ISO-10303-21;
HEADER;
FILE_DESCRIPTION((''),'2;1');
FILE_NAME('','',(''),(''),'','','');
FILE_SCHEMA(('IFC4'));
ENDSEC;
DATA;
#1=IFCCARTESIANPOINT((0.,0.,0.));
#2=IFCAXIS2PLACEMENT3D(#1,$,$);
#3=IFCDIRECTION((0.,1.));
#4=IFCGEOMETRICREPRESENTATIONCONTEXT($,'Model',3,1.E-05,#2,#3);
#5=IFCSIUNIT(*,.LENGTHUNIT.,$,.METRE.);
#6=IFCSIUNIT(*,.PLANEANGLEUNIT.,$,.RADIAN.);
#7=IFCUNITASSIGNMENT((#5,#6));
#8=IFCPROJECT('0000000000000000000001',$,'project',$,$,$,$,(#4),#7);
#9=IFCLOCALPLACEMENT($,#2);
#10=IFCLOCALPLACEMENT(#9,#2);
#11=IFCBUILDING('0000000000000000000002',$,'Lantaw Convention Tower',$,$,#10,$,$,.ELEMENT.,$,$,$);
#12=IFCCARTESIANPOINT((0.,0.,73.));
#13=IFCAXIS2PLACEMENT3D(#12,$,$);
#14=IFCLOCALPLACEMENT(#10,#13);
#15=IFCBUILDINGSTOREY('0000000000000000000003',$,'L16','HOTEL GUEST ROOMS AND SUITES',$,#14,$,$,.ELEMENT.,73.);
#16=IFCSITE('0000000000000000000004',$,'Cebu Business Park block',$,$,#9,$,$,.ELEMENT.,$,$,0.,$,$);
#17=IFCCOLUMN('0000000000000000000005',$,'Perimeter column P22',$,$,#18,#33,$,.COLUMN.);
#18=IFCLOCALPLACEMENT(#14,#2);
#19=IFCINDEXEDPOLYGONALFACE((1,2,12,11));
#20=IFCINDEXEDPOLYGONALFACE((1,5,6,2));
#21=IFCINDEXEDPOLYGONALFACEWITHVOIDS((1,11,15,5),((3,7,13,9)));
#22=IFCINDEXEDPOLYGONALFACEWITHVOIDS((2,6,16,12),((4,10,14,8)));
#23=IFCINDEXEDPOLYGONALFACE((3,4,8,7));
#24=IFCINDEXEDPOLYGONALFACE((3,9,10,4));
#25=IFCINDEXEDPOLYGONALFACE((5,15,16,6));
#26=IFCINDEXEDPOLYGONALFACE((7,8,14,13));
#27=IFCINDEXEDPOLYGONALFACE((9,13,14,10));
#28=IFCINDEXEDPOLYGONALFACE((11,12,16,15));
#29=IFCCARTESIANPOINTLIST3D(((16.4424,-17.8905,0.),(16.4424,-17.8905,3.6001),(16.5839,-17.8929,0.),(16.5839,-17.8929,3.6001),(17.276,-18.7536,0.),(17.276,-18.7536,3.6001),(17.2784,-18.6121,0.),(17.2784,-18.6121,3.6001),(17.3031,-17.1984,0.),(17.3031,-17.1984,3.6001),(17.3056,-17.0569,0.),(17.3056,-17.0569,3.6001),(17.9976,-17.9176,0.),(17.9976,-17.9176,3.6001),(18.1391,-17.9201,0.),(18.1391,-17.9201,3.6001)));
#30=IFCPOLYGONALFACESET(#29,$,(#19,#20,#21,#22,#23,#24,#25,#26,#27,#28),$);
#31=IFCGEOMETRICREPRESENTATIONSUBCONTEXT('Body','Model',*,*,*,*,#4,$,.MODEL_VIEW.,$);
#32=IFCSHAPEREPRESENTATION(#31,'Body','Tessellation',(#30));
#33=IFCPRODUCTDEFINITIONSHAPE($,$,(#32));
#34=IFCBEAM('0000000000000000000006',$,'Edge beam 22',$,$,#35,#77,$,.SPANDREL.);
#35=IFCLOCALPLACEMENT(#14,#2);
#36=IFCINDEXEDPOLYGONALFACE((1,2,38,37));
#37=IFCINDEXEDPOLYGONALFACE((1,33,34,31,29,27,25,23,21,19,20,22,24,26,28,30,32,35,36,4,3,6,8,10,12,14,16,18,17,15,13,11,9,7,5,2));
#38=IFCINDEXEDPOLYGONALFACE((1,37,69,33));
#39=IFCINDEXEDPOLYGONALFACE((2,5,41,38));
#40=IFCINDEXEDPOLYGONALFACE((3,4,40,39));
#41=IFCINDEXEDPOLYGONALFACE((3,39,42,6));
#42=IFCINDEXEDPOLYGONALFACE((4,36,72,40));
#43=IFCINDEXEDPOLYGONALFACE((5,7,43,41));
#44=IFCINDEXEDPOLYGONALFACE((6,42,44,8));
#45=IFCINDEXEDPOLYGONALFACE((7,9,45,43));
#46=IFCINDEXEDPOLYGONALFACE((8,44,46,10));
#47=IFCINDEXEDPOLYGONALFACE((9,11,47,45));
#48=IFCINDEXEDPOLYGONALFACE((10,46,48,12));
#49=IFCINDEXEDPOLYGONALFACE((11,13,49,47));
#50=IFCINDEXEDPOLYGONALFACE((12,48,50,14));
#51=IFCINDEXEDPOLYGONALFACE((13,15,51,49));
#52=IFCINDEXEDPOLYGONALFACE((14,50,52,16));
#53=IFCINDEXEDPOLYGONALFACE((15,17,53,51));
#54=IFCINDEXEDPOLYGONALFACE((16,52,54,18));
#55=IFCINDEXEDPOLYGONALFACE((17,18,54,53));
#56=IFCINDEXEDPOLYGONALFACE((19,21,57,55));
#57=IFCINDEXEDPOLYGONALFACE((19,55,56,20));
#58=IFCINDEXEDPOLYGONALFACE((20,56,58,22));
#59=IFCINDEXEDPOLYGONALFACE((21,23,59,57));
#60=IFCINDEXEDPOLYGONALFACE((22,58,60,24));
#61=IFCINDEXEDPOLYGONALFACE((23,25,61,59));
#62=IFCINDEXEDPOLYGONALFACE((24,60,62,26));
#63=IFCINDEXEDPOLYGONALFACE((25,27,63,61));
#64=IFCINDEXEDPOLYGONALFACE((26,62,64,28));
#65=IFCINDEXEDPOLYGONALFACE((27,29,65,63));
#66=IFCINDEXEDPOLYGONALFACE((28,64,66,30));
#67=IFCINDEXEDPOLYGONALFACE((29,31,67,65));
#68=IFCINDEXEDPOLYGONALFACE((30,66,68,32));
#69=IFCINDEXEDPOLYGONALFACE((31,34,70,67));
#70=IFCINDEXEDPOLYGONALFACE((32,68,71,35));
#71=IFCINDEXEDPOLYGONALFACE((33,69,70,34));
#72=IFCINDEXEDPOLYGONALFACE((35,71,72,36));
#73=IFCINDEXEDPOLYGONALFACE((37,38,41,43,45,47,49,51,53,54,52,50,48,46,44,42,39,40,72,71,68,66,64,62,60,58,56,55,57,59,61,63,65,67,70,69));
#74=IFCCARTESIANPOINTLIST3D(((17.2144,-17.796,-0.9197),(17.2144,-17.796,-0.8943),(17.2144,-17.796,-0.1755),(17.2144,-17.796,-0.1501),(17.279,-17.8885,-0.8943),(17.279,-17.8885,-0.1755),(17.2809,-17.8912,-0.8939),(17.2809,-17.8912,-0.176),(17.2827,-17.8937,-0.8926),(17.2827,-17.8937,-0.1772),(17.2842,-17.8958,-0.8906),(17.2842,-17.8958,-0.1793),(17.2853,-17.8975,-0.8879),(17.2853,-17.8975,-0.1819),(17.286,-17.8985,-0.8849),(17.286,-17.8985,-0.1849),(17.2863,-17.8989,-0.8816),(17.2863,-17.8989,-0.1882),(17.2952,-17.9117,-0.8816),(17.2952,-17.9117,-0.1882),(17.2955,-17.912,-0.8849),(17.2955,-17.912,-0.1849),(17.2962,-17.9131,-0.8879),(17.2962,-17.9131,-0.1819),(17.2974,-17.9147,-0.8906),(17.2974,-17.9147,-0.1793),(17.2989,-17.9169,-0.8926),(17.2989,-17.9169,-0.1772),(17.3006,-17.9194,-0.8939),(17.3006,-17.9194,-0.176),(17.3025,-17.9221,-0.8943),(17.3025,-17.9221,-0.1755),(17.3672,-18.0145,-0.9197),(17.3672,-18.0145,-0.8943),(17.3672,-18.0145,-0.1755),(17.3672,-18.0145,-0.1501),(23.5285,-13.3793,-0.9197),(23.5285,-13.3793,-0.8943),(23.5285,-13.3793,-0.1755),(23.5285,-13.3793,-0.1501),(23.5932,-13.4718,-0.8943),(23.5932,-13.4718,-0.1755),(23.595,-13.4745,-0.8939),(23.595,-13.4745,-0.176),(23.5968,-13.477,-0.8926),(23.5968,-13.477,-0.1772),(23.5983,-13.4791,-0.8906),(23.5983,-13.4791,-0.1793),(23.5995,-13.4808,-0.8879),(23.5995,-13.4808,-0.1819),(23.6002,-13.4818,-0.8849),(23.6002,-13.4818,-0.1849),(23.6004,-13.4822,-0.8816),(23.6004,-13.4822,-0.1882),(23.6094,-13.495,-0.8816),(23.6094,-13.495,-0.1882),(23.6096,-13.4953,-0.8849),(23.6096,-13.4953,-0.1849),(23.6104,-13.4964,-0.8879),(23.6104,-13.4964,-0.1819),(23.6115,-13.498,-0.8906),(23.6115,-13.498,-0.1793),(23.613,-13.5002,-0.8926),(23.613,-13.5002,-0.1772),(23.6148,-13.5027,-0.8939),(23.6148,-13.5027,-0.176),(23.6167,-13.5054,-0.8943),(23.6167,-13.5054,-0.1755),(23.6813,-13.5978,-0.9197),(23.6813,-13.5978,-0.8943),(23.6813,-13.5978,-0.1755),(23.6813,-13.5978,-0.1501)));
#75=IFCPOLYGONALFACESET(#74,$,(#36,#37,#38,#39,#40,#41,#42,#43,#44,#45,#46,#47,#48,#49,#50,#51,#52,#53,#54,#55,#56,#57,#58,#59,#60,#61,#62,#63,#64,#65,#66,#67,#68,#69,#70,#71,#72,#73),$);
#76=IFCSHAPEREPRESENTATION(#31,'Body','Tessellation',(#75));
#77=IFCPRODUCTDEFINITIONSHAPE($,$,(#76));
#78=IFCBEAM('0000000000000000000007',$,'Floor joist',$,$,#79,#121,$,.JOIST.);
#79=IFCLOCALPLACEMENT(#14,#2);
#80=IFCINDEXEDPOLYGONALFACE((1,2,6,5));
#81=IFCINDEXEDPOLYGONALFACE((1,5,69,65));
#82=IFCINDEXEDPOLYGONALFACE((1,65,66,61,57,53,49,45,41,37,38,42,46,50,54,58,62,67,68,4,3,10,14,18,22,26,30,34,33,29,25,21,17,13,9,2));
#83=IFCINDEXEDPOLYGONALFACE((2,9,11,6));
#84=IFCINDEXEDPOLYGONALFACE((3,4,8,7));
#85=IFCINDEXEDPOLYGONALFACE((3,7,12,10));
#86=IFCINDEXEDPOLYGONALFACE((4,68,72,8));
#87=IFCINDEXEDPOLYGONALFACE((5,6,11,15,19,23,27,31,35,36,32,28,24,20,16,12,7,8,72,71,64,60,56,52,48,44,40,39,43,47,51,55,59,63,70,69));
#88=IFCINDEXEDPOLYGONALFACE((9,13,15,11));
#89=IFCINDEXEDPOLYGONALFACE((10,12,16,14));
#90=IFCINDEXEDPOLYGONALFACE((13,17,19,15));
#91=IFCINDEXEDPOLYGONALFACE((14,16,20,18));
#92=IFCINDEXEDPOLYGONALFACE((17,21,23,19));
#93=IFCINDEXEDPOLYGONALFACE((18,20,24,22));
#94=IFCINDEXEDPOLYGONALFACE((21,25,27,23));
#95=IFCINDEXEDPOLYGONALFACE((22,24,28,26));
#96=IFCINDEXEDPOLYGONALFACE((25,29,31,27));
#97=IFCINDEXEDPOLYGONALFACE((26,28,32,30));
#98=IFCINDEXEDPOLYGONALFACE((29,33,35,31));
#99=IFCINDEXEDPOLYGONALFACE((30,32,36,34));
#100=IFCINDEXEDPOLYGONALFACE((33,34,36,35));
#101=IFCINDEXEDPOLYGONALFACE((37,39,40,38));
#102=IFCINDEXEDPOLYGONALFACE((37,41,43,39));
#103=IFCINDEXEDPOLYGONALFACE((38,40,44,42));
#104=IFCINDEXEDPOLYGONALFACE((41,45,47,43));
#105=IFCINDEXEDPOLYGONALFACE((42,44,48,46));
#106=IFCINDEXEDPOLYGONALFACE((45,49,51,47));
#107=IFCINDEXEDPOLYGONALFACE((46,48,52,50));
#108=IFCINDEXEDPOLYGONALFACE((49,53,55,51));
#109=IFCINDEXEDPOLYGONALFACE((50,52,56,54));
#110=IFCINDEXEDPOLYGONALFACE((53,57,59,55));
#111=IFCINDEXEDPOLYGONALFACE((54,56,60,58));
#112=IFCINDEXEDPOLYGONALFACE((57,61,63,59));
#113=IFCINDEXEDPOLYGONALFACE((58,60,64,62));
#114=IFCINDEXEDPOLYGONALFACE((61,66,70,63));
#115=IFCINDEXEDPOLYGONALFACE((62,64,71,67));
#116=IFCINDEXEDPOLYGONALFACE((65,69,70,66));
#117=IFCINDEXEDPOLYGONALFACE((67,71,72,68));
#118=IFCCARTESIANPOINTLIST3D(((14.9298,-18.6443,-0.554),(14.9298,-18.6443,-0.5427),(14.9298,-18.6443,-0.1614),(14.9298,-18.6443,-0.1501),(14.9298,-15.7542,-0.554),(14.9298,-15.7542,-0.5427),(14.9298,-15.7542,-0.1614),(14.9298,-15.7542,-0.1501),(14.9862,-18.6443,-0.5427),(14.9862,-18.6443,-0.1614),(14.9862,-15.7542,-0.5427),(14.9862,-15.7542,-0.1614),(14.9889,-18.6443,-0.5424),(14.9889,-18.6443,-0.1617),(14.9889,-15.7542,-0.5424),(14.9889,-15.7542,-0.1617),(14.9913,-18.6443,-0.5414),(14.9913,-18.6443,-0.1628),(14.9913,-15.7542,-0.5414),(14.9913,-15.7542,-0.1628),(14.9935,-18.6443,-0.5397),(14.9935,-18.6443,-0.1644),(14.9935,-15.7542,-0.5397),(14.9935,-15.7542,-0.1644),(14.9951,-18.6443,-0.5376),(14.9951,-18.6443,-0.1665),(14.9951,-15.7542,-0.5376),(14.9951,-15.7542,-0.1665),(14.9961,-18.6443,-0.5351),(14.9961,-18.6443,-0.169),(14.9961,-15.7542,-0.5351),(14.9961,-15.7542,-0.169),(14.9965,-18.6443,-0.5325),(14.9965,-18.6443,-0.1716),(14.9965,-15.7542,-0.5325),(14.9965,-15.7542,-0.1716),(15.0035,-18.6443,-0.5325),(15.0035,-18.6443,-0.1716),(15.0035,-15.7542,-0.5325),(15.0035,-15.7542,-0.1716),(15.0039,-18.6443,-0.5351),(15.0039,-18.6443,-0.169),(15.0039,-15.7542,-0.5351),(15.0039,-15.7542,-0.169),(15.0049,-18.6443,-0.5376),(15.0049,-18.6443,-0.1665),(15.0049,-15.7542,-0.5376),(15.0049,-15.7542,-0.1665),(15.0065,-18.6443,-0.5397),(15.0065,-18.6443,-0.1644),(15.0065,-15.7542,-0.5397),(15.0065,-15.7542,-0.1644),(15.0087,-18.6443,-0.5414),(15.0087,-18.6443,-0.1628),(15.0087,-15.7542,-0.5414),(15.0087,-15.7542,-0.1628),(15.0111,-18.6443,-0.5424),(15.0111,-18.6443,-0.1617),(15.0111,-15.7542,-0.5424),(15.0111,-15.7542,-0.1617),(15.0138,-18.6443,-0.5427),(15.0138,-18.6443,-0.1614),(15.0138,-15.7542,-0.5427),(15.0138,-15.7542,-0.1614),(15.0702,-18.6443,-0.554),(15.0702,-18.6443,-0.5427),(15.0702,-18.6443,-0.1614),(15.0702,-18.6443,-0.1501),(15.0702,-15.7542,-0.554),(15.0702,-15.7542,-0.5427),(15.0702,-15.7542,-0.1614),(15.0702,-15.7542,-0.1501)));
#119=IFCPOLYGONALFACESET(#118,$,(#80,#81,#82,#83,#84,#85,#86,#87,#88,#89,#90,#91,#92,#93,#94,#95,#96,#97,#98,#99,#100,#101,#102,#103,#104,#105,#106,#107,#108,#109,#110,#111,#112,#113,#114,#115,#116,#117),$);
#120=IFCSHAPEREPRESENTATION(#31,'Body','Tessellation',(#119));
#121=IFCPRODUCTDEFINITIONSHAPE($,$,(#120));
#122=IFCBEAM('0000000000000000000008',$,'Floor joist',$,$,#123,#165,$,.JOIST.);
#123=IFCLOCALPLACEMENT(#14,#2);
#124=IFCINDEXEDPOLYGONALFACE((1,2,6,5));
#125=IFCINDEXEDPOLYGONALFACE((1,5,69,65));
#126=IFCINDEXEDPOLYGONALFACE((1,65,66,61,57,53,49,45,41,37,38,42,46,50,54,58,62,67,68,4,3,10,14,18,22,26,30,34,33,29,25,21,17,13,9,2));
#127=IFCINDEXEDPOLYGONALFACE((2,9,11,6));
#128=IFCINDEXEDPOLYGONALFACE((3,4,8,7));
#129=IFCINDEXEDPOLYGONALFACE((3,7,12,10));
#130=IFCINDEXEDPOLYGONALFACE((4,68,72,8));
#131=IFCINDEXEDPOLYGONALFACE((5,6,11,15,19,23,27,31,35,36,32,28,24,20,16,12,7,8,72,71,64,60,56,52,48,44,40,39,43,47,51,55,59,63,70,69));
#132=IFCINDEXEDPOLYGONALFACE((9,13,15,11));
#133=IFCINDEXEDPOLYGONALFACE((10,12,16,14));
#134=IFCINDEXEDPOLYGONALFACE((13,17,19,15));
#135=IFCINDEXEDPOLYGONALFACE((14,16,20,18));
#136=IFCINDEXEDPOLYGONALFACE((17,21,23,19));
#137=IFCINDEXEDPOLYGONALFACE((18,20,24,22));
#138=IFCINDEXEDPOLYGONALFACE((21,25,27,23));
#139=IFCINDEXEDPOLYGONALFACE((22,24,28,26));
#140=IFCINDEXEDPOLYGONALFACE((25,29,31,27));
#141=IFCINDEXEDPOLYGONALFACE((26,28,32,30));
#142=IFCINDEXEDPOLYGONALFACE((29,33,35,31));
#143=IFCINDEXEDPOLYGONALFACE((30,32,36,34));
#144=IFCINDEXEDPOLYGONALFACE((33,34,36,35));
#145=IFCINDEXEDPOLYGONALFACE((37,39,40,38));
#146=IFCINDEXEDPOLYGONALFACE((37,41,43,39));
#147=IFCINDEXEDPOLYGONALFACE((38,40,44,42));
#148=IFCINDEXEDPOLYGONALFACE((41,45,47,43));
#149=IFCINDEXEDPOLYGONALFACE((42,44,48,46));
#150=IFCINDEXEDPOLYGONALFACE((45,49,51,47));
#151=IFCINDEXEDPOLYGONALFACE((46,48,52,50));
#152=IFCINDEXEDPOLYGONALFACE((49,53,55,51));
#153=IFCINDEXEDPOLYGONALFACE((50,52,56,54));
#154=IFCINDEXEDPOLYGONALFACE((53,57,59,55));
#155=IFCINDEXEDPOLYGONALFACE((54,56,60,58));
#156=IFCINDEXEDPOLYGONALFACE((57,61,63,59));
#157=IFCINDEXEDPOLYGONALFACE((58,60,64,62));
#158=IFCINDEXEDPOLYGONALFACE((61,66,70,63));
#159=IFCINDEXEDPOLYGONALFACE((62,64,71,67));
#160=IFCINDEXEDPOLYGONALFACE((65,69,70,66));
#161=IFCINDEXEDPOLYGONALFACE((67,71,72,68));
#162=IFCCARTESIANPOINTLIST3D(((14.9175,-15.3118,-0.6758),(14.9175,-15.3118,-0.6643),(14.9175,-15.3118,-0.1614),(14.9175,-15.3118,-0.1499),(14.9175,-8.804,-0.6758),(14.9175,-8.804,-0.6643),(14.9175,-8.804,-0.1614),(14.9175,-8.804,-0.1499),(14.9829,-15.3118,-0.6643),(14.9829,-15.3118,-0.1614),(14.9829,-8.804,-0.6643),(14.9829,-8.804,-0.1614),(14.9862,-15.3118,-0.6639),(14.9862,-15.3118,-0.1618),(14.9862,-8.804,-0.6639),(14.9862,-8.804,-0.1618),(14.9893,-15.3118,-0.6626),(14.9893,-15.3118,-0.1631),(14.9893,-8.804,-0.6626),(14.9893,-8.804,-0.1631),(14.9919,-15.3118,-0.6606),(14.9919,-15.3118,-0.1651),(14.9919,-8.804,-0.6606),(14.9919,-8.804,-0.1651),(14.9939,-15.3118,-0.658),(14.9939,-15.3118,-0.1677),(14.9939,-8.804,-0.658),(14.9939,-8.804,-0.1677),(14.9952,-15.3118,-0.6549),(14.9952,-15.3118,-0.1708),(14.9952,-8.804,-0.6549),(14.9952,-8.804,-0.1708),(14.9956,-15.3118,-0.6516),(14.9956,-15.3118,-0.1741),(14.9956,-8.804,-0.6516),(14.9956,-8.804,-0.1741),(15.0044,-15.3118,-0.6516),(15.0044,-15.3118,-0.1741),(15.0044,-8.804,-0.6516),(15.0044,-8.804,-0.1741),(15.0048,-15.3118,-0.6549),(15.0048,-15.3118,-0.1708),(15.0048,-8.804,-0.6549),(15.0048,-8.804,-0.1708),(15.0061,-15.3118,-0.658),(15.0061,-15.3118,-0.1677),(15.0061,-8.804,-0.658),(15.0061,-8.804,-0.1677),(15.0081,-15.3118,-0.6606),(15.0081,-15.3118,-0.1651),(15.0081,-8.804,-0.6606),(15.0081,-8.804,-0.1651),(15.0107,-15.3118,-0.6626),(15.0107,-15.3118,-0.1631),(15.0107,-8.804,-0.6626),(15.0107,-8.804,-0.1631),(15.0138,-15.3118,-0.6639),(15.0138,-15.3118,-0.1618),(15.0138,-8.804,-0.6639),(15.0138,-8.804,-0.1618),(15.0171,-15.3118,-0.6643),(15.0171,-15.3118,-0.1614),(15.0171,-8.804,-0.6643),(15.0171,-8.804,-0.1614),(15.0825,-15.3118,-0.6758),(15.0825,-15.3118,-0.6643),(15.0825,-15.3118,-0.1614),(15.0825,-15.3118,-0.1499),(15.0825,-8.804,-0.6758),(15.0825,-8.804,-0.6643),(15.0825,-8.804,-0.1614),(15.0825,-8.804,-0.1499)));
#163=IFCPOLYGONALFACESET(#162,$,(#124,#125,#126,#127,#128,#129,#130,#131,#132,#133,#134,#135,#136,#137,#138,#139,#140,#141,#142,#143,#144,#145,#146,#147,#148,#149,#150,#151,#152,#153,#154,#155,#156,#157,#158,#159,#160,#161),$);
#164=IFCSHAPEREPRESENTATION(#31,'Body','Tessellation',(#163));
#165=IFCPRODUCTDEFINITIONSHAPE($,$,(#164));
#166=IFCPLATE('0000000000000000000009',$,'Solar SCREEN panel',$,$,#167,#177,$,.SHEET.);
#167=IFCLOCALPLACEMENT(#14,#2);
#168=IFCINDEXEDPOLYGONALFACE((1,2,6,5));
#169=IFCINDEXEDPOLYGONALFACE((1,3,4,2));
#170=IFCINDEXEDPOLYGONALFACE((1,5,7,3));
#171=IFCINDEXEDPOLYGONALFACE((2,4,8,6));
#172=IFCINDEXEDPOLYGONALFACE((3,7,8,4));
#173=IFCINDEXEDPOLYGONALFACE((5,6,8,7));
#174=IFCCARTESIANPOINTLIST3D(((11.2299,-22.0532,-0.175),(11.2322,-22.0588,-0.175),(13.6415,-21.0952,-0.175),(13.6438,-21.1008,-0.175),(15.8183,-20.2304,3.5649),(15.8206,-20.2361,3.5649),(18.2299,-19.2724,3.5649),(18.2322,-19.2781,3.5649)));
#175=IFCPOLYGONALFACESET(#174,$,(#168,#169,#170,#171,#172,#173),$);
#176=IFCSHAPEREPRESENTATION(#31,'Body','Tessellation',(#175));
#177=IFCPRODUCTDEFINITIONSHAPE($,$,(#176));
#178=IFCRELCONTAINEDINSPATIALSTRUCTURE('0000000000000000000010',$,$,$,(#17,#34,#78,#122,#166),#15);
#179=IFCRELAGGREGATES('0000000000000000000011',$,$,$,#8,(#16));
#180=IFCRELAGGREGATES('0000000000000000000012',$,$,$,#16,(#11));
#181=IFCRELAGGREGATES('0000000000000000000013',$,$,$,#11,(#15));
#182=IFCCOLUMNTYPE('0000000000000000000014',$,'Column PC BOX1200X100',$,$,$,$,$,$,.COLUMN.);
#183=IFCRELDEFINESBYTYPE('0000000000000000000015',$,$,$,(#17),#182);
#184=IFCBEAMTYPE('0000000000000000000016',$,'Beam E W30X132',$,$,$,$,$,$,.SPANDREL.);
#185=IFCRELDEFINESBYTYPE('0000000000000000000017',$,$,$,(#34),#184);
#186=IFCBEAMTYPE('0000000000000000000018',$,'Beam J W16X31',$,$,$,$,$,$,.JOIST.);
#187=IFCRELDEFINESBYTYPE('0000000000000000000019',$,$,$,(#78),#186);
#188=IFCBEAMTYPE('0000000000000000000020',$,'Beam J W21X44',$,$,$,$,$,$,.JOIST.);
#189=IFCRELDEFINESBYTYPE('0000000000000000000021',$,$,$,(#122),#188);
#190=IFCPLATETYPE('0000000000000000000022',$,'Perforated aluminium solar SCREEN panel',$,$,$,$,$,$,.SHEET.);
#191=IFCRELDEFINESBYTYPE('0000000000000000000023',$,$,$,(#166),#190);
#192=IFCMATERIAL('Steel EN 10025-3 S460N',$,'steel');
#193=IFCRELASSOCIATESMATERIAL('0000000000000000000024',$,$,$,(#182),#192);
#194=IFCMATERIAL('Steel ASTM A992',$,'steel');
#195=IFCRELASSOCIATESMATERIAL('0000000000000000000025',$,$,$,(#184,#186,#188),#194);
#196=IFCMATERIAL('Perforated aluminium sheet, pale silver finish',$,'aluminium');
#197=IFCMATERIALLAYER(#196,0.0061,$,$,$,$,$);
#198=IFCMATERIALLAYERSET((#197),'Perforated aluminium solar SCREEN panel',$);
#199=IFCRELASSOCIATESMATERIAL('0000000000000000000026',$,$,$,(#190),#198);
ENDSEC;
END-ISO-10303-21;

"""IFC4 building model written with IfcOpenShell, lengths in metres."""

from ifc_helpers import new_model, si_unit, direction, frame, origin, origin_2d, place, context, subcontext, project, spatial, polyline, rectangle, hollow_rectangle, i_section, outline, extrude, material, layer, layer_set, material_profile, profile_set, type_object, element, save


model = new_model("IFC4")

# Units and contexts
model_context = context("Model", 3, precision=1e-05, world=origin(), true_north=direction((0.0, 1.0)))
body_context = subcontext(model_context, "Body", "Model", "MODEL_VIEW")
ifc_project = project(units=[si_unit("LENGTHUNIT", "METRE"), si_unit("PLANEANGLEUNIT", "RADIAN")], contexts=[model_context])

# Site, building, storey
site_placement = place(None, origin())
site = spatial("IfcSite", under=ifc_project, at=site_placement, Name="Cebu Business Park block", CompositionType="ELEMENT", RefElevation=0.0)
building_placement = place(site_placement, origin())
building = spatial("IfcBuilding", under=site, at=building_placement, Name="Lantaw Convention Tower", CompositionType="ELEMENT")
storey_placement = place(building_placement, frame((0.0, 0.0, 73.0)))
storey = spatial("IfcBuildingStorey", under=building, at=storey_placement, Name="L16", Description="HOTEL GUEST ROOMS AND SUITES", CompositionType="ELEMENT", Elevation=73.0)

# Column
ifc_material_1 = material(Name="Steel EN 10025-3 S460N", Category="steel")
ifc_material_profile_1 = material_profile(ifc_material_1, hollow_rectangle(XDim=1.2, YDim=1.2, WallThickness=0.1001, at=origin_2d()), Name="BOX1200X100")
ifc_material_2 = material(Name="Concrete C60/75", Category="concrete")
ifc_material_profile_2 = material_profile(ifc_material_2, rectangle(XDim=1.0, YDim=1.0, at=origin_2d()), Name="Concrete fill of BOX1200X100")
ifc_profile_set_1 = profile_set([ifc_material_profile_1, ifc_material_profile_2], Name="Steel EN 10025-3 S460N")
column_type = type_object("IfcColumnType", Name="Column PC BOX1200X100", PredefinedType="COLUMN", material=ifc_profile_set_1)
column_placement = place(storey_placement, frame((17.2908, -17.9053, 0.0), z_axis=(0.0, 0.0, 1.0), x_axis=(0.71934, 0.694658, 0.0)))
element("IfcColumn", 1, at=column_placement, inside=storey, type_object=column_type, Name="Perimeter column P22", PredefinedType="COLUMN", context=body_context, shape_type="SweptSolid", body=[
    extrude(hollow_rectangle(XDim=1.2, YDim=1.2, WallThickness=0.1001, at=origin_2d()), origin(), (0.0, 0.0, 1.0), 3.6001),
])

# Beams
ifc_material_3 = material(Name="Steel ASTM A992", Category="steel")
ifc_material_profile_3 = material_profile(ifc_material_3, i_section(OverallWidth=0.2666, OverallDepth=0.7695, WebThickness=0.0156, FlangeThickness=0.0254, FilletRadius=0.0127, at=origin_2d()), Name="W30X132")
ifc_profile_set_2 = profile_set([ifc_material_profile_3], Name="Steel ASTM A992")
beam_type_1 = type_object("IfcBeamType", Name="Beam E W30X132", PredefinedType="SPANDREL", material=ifc_profile_set_2)
beam_1_placement = place(storey_placement, frame((17.2908, -17.9053, -0.5349), z_axis=(0.819427, 0.573184, 0.0), x_axis=(-0.573184, 0.819427, 0.0)))
element("IfcBeam", 2, at=beam_1_placement, inside=storey, type_object=beam_type_1, Name="Edge beam 22", PredefinedType="SPANDREL", context=body_context, shape_type="SweptSolid", body=[
    extrude(i_section(OverallWidth=0.2666, OverallDepth=0.7695, WebThickness=0.0156, FlangeThickness=0.0254, FilletRadius=0.0127, at=origin_2d()), origin(), (0.0, 0.0, 1.0), 7.7056),
])
ifc_material_profile_4 = material_profile(ifc_material_3, i_section(OverallWidth=0.1404, OverallDepth=0.4038, WebThickness=0.0071, FlangeThickness=0.0112, FilletRadius=0.0103, at=origin_2d()), Name="W16X31")
ifc_profile_set_3 = profile_set([ifc_material_profile_4], Name="Steel ASTM A992")
beam_type_2 = type_object("IfcBeamType", Name="Beam J W16X31", PredefinedType="JOIST", material=ifc_profile_set_3)
beam_2_placement = place(storey_placement, frame((15.0, -18.6443, -0.3521), z_axis=(0.0, 1.0, 0.0), x_axis=(-1.0, 0.0, 0.0)))
element("IfcBeam", 3, at=beam_2_placement, inside=storey, type_object=beam_type_2, Name="Floor joist", PredefinedType="JOIST", context=body_context, shape_type="SweptSolid", body=[
    extrude(i_section(OverallWidth=0.1404, OverallDepth=0.4038, WebThickness=0.0071, FlangeThickness=0.0112, FilletRadius=0.0103, at=origin_2d()), origin(), (0.0, 0.0, 1.0), 2.8901),
])
ifc_material_profile_5 = material_profile(ifc_material_3, i_section(OverallWidth=0.165, OverallDepth=0.5259, WebThickness=0.0088, FlangeThickness=0.0115, FilletRadius=0.0127, at=origin_2d()), Name="W21X44")
ifc_profile_set_4 = profile_set([ifc_material_profile_5], Name="Steel ASTM A992")
beam_type_3 = type_object("IfcBeamType", Name="Beam J W21X44", PredefinedType="JOIST", material=ifc_profile_set_4)
beam_3_placement = place(storey_placement, frame((15.0, -15.3118, -0.4128), z_axis=(0.0, 1.0, 0.0), x_axis=(-1.0, 0.0, 0.0)))
element("IfcBeam", 4, at=beam_3_placement, inside=storey, type_object=beam_type_3, Name="Floor joist", PredefinedType="JOIST", context=body_context, shape_type="SweptSolid", body=[
    extrude(i_section(OverallWidth=0.165, OverallDepth=0.5259, WebThickness=0.0088, FlangeThickness=0.0115, FilletRadius=0.0127, at=origin_2d()), origin(), (0.0, 0.0, 1.0), 6.5078),
])

# Plate
ifc_material_4 = material(Name="Perforated aluminium sheet, pale silver finish", Category="aluminium")
ifc_layer_1 = layer(ifc_material_4, 0.0061)
ifc_layer_set_1 = layer_set([ifc_layer_1], Name="Perforated aluminium solar SCREEN panel")
plate_type = type_object("IfcPlateType", Name="Perforated aluminium solar SCREEN panel", PredefinedType="SHEET", material=ifc_layer_set_1)
plate_placement = place(storey_placement, frame((11.2322, -22.0588, -0.175), z_axis=(0.369184, -0.929357, 0.000009), x_axis=(0.929357, 0.369184, 0.0)))
element("IfcPlate", 5, at=plate_placement, inside=storey, type_object=plate_type, Name="Solar SCREEN panel", PredefinedType="SHEET", context=body_context, shape_type="SweptSolid", body=[
    extrude(outline(polyline([(0.0, 0.0), (2.5949, 0.0), (7.5321, 3.74), (4.9372, 3.74), (0.0, 0.0)])), origin(), (0.0, 0.0, -1.0), 0.0061),
])

save(model, "model.ifc")
